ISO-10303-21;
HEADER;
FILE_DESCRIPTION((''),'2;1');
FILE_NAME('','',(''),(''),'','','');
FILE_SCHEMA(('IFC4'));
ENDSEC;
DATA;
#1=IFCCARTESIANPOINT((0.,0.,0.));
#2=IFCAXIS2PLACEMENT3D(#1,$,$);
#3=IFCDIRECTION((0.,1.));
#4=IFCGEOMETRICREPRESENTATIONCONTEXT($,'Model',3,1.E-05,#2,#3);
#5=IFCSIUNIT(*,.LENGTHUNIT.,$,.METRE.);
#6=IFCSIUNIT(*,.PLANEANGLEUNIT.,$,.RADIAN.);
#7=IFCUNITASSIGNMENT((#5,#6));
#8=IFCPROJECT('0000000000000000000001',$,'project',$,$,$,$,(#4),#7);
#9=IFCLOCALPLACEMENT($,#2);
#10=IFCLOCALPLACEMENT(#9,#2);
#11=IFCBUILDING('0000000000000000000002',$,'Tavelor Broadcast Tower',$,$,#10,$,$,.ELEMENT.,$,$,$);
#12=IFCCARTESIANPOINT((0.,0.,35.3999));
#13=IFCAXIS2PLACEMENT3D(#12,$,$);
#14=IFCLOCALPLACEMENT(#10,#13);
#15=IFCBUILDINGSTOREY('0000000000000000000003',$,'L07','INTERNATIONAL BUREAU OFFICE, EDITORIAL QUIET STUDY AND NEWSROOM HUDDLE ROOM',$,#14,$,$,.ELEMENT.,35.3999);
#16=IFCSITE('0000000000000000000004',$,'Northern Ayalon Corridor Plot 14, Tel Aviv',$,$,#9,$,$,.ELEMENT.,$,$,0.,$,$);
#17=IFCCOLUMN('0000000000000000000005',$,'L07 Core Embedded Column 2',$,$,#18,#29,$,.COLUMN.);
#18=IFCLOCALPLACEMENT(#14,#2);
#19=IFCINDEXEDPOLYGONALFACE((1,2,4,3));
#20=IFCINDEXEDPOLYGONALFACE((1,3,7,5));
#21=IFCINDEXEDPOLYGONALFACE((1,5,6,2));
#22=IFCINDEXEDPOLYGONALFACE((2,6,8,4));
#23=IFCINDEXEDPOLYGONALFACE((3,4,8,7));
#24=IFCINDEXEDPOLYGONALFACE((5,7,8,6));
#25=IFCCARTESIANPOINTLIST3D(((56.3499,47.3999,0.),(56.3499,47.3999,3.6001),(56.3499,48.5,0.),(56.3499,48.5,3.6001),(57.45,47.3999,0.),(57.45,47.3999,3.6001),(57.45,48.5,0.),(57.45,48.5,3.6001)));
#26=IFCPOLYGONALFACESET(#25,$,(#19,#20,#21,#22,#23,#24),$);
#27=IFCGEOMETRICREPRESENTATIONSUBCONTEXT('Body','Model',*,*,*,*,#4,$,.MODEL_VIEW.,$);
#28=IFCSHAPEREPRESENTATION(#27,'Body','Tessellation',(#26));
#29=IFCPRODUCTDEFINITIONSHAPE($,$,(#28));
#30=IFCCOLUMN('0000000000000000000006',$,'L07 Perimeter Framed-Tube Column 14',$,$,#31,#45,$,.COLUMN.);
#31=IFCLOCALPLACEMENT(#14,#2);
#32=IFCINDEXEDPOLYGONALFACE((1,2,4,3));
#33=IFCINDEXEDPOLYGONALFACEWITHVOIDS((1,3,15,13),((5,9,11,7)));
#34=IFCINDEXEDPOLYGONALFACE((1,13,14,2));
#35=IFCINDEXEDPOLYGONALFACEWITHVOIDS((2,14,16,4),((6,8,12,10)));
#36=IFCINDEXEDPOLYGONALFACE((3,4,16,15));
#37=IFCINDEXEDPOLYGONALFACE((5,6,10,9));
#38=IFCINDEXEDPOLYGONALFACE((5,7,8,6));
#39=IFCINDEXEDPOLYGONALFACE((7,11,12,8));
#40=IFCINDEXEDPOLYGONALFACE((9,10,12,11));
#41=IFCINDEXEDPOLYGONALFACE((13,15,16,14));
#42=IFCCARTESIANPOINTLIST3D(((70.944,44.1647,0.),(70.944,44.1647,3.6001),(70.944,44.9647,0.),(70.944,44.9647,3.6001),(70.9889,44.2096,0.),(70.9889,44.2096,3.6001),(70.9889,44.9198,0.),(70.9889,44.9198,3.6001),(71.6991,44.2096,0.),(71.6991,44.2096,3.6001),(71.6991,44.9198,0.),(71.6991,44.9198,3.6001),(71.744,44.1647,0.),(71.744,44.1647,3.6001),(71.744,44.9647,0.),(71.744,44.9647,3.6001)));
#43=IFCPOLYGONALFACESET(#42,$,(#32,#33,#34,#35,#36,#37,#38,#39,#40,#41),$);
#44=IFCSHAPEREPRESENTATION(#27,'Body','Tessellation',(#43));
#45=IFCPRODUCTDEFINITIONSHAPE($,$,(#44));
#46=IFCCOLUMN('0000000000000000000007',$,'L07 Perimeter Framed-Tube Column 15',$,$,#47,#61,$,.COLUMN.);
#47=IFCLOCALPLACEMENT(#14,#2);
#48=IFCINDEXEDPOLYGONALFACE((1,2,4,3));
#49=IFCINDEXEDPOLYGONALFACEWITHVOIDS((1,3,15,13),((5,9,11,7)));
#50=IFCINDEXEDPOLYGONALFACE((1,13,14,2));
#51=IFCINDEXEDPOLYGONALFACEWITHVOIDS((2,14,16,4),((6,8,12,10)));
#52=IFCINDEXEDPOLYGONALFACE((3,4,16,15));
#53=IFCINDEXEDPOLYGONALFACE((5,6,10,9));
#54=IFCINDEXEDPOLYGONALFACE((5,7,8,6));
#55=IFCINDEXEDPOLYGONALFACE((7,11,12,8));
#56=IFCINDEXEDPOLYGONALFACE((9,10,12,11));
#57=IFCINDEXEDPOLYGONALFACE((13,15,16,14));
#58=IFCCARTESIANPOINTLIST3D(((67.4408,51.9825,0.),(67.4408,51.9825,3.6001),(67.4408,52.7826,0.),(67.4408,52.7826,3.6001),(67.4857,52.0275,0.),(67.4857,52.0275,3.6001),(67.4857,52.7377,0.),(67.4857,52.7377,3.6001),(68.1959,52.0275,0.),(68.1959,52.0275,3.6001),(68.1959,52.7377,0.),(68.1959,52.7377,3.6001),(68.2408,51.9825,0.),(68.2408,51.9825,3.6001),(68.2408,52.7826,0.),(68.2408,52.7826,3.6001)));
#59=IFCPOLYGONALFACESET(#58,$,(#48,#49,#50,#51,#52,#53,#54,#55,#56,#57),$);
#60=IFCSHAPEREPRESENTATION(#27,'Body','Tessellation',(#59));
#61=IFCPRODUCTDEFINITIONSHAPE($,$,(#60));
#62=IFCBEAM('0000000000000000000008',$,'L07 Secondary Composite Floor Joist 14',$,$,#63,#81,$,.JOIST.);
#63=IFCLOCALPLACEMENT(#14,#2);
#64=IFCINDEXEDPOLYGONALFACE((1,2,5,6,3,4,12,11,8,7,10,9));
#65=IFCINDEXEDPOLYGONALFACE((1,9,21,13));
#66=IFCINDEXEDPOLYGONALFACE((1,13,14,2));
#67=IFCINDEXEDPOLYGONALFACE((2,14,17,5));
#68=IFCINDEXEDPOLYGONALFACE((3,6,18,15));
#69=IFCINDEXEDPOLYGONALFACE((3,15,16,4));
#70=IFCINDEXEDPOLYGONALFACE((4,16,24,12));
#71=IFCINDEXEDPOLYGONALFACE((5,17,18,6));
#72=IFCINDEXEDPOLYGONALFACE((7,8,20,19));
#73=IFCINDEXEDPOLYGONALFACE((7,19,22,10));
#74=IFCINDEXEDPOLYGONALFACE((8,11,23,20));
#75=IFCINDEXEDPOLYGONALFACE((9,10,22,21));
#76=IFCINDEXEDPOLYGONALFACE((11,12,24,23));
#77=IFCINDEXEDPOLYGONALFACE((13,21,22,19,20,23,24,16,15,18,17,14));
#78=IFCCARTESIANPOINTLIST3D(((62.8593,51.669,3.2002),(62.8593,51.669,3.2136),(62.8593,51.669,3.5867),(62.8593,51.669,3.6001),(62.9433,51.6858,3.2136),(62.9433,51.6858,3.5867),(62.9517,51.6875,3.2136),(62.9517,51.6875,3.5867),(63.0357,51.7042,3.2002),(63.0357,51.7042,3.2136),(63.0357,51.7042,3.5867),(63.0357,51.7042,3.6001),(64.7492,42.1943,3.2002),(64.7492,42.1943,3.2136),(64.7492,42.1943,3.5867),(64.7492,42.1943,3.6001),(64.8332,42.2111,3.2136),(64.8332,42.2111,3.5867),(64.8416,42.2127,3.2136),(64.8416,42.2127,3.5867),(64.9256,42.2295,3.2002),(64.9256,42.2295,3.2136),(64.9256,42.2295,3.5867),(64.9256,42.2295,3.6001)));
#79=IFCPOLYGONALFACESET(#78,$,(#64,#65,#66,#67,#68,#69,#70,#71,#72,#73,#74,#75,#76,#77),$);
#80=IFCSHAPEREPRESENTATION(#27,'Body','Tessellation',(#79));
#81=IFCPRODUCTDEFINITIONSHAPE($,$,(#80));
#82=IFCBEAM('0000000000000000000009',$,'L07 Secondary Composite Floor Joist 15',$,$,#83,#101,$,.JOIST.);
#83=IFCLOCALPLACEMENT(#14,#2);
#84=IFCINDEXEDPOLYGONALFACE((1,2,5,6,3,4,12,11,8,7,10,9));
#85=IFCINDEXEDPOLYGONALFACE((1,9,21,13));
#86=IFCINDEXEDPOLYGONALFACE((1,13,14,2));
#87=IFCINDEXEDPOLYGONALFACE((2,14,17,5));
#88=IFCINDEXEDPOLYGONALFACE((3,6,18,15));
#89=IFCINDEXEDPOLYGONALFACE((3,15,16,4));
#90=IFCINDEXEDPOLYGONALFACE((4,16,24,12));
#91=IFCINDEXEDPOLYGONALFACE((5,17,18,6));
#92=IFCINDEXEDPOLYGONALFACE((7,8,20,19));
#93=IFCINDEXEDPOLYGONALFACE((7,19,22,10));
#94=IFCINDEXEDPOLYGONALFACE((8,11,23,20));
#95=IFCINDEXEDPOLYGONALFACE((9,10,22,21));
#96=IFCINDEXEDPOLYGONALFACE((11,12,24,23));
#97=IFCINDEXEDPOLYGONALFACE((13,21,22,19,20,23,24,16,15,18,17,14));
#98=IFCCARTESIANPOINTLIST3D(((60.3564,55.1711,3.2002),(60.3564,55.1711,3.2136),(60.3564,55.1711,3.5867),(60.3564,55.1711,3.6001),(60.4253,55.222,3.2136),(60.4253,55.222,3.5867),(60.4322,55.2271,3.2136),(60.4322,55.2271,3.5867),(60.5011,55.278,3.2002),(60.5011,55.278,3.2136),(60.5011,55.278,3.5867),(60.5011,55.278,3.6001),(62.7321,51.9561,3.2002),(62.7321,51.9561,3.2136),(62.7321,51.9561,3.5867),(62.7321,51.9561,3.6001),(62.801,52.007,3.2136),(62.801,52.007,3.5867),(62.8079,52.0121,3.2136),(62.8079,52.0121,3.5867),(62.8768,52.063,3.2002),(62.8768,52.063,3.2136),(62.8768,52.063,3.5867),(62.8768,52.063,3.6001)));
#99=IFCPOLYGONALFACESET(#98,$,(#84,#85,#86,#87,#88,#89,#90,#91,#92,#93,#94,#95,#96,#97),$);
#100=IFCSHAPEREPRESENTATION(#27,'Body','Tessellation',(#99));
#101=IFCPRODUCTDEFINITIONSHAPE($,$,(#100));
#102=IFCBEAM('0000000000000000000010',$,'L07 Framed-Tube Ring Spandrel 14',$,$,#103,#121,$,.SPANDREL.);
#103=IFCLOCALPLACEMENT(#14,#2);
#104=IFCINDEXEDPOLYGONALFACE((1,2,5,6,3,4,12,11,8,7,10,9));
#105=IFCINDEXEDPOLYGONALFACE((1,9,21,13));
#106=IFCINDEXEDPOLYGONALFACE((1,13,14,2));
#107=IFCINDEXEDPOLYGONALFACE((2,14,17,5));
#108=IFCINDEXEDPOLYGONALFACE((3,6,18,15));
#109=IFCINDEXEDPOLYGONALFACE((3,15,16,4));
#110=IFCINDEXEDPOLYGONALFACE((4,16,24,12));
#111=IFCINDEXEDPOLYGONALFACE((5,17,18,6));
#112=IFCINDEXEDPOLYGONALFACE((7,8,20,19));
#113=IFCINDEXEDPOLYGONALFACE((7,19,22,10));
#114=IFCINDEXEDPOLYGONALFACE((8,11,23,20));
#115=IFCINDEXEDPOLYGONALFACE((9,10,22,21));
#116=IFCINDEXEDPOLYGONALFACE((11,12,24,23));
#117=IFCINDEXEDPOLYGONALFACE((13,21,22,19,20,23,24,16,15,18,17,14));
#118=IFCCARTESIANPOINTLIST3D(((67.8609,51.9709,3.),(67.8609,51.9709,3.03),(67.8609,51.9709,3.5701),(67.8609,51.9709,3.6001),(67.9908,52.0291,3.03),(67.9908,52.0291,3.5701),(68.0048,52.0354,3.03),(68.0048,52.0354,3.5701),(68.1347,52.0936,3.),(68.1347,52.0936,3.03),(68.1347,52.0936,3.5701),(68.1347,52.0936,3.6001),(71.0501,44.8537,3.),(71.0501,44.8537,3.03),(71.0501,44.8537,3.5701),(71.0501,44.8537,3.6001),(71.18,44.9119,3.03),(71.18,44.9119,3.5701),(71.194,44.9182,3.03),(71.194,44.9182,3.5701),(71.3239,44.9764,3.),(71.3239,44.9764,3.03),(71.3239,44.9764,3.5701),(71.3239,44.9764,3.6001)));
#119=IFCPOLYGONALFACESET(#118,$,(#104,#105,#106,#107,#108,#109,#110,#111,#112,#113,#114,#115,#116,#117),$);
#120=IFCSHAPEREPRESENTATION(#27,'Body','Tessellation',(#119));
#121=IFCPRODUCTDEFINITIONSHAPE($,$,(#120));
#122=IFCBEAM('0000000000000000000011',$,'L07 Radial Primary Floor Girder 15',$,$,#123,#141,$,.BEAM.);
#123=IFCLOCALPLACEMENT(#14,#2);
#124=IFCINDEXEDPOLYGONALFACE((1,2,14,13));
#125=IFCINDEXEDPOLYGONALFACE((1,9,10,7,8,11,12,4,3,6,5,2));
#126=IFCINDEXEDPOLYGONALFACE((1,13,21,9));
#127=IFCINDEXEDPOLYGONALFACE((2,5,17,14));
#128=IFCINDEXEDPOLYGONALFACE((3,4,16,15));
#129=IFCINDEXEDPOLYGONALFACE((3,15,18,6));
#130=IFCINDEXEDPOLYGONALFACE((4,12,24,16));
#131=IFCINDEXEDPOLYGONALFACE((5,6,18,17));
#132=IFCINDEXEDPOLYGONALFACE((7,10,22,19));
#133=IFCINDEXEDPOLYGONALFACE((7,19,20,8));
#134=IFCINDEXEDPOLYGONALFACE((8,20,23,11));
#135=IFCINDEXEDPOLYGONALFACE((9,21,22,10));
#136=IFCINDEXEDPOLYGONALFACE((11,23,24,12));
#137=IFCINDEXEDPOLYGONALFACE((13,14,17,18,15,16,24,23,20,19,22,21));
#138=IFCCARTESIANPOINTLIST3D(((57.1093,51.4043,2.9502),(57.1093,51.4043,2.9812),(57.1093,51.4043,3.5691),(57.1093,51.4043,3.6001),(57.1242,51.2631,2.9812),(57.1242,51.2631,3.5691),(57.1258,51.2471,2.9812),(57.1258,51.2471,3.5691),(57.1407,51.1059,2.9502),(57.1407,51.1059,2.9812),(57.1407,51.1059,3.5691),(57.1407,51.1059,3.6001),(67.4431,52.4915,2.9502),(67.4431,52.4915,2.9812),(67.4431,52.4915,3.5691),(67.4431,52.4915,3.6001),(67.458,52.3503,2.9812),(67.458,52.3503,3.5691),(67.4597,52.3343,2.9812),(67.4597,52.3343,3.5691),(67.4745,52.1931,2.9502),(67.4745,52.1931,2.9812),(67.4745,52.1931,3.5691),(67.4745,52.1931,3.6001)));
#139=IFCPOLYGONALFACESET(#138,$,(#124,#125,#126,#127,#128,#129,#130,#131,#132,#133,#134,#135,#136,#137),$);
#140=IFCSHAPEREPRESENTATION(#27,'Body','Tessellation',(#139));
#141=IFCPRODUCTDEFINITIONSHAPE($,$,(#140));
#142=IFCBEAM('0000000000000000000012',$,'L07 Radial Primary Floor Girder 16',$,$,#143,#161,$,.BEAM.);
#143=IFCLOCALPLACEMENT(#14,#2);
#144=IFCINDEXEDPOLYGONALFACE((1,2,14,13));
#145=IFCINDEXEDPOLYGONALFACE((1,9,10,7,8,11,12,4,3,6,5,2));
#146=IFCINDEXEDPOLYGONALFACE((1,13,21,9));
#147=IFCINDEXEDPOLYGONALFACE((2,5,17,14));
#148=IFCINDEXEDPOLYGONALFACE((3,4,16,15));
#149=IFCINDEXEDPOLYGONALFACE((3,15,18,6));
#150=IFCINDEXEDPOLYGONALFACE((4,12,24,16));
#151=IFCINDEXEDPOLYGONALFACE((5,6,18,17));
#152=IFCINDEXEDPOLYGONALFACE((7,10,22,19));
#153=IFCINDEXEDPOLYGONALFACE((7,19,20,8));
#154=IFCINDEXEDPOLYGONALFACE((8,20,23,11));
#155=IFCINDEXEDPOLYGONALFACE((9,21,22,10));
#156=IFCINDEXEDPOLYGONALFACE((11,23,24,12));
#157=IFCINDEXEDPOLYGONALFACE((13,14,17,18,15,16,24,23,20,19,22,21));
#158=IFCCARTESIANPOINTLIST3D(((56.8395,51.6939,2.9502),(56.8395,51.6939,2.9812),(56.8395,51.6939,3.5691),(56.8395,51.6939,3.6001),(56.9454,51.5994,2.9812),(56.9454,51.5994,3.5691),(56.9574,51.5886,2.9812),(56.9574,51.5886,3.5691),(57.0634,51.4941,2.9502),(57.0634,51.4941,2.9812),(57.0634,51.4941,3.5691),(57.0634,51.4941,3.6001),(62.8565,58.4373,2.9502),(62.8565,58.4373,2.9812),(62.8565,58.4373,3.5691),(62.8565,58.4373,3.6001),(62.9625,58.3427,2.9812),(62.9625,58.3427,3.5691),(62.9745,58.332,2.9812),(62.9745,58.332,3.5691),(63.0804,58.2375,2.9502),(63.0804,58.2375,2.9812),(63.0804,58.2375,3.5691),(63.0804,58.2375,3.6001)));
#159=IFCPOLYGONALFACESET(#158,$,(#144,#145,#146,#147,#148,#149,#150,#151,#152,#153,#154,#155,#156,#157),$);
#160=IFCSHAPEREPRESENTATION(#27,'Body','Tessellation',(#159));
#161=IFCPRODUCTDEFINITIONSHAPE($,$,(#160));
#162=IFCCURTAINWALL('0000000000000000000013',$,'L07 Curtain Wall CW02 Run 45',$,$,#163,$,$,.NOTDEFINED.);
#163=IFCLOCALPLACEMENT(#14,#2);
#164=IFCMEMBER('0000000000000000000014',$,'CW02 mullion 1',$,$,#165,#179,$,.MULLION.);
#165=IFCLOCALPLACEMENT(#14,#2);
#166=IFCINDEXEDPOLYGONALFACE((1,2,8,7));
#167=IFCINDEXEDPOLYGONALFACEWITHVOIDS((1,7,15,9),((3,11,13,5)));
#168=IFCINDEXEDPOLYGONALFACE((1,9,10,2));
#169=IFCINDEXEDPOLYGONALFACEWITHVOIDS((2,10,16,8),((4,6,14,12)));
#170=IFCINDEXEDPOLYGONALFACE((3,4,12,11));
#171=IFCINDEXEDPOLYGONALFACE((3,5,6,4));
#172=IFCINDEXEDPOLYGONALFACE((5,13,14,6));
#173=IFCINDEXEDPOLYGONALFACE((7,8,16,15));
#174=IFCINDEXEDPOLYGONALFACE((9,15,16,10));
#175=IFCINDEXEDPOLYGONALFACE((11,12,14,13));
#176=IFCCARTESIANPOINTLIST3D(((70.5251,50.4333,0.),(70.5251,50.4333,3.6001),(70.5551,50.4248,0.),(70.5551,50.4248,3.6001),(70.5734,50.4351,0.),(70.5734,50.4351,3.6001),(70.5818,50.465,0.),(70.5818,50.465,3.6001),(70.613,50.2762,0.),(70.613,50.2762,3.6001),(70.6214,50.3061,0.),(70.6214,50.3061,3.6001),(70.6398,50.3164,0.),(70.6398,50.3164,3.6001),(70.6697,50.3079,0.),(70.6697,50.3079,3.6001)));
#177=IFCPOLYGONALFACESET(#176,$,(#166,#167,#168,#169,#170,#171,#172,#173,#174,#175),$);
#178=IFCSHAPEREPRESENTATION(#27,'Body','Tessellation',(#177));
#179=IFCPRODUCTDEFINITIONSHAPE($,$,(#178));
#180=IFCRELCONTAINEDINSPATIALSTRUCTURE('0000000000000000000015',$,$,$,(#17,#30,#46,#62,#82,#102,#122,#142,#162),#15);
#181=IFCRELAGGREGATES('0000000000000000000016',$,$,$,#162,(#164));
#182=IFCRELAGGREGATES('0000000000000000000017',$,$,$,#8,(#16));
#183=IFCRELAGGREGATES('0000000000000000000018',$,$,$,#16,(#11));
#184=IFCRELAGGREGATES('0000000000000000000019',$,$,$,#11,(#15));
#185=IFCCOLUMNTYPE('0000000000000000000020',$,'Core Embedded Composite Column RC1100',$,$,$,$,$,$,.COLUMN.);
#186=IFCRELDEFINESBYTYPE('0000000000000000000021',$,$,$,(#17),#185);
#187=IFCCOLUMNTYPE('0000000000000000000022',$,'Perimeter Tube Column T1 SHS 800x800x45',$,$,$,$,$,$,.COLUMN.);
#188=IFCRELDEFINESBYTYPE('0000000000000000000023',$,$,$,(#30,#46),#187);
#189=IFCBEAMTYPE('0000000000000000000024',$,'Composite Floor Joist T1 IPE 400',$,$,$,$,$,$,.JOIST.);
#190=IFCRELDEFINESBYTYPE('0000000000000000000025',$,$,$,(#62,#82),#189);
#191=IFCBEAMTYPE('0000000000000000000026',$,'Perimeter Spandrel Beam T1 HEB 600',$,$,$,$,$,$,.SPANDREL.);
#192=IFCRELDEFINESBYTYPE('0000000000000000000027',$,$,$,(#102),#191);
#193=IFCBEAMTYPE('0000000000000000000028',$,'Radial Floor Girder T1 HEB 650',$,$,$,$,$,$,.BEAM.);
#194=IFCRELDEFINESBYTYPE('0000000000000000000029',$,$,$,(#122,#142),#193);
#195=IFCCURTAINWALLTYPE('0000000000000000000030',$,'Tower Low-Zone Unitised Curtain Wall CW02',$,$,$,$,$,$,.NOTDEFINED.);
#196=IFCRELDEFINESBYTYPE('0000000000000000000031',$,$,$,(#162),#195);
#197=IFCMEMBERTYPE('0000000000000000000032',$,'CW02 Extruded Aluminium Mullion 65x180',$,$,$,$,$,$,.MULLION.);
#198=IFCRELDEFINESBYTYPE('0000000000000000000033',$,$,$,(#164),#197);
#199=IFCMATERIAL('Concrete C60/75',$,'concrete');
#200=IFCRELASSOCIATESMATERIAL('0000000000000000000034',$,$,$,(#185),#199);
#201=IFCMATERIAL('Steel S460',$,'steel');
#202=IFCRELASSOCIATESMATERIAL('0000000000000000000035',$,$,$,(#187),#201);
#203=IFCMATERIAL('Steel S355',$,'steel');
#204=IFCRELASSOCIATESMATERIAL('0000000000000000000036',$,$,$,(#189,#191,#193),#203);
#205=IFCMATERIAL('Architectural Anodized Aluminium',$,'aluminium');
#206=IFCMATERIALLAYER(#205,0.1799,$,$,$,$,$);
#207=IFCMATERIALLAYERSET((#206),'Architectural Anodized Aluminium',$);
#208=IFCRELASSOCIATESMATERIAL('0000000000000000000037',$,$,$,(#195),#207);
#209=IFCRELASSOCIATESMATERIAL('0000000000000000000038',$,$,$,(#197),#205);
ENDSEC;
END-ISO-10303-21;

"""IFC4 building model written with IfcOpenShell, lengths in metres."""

from ifc_helpers import new_model, si_unit, direction, frame, origin, origin_2d, place, context, subcontext, project, spatial, rectangle, hollow_rectangle, i_section, extrude, source, transform, mapped, material, layer, layer_set, material_profile, profile_set, type_object, type_shapes, element, aggregate, save


model = new_model("IFC4")

# Units and contexts
model_context = context("Model", 3, precision=1e-05, world=origin(), true_north=direction((0.0, 1.0)))
body_context = subcontext(model_context, "Body", "Model", "MODEL_VIEW")
ifc_project = project(units=[si_unit("LENGTHUNIT", "METRE"), si_unit("PLANEANGLEUNIT", "RADIAN")], contexts=[model_context])

# Site, building, storey
site_placement = place(None, origin())
site = spatial("IfcSite", under=ifc_project, at=site_placement, Name="Northern Ayalon Corridor Plot 14, Tel Aviv", CompositionType="ELEMENT", RefElevation=0.0)
building_placement = place(site_placement, origin())
building = spatial("IfcBuilding", under=site, at=building_placement, Name="Tavelor Broadcast Tower", CompositionType="ELEMENT")
storey_placement = place(building_placement, frame((0.0, 0.0, 35.3999)))
storey = spatial("IfcBuildingStorey", under=building, at=storey_placement, Name="L07", Description="INTERNATIONAL BUREAU OFFICE, EDITORIAL QUIET STUDY AND NEWSROOM HUDDLE ROOM", CompositionType="ELEMENT", Elevation=35.3999)

# Columns
ifc_material_1 = material(Name="Concrete C60/75", Category="concrete")
ifc_material_profile_1 = material_profile(ifc_material_1, rectangle(XDim=1.1001, YDim=1.1001, at=origin_2d()), Name="RC 1100x1100")
ifc_profile_set_1 = profile_set([ifc_material_profile_1], Name="Concrete C60/75")
column_type_1 = type_object("IfcColumnType", Name="Core Embedded Composite Column RC1100", PredefinedType="COLUMN", material=ifc_profile_set_1)
column_placement = place(storey_placement, frame((56.8999, 47.95, 0.0), z_axis=(0.0, 0.0, 1.0), x_axis=(1.0, 0.0, 0.0)))
element("IfcColumn", 1, at=column_placement, inside=storey, type_object=column_type_1, Name="L07 Core Embedded Column 2", PredefinedType="COLUMN", context=body_context, shape_type="SweptSolid", body=[
    extrude(rectangle(XDim=1.1001, YDim=1.1001, at=origin_2d()), origin(), (0.0, 0.0, 1.0), 3.6001),
])
ifc_material_2 = material(Name="Steel S460", Category="steel")
ifc_material_profile_2 = material_profile(ifc_material_2, hollow_rectangle(XDim=0.8, YDim=0.8, WallThickness=0.0449, at=origin_2d()), Name="SHS 800x800x45")
ifc_profile_set_2 = profile_set([ifc_material_profile_2], Name="Steel S460")
column_type_2 = type_object("IfcColumnType", Name="Perimeter Tube Column T1 SHS 800x800x45", PredefinedType="COLUMN", material=ifc_profile_set_2)
for number, where, z_axis, x_axis, name in (
    (2, (71.344, 44.5647, 0.0), (0.0, 0.0, 1.0), (1.0, 0.0, 0.0), "L07 Perimeter Framed-Tube Column 14"),
    (3, (67.8408, 52.3826, 0.0), (0.0, 0.0, 1.0), (1.0, 0.0, 0.0), "L07 Perimeter Framed-Tube Column 15"),
):
    element("IfcColumn", number, at=place(storey_placement, frame(where, z_axis=z_axis, x_axis=x_axis)), inside=storey, type_object=column_type_2, Name=name, PredefinedType="COLUMN", context=body_context, shape_type="SweptSolid", body=[
        extrude(hollow_rectangle(XDim=0.8, YDim=0.8, WallThickness=0.0449, at=origin_2d()), origin(), (0.0, 0.0, 1.0), 3.6001),
    ])

# Beams
ifc_material_3 = material(Name="Steel S355", Category="steel")
ifc_material_profile_3 = material_profile(ifc_material_3, i_section(OverallWidth=0.1799, OverallDepth=0.3999, WebThickness=0.0085, FlangeThickness=0.0134, at=origin_2d()), Name="IPE 400")
ifc_profile_set_3 = profile_set([ifc_material_profile_3], Name="Steel S355")
beam_type_1 = type_object("IfcBeamType", Name="Composite Floor Joist T1 IPE 400", PredefinedType="JOIST", material=ifc_profile_set_3)
beam_1_placement = place(storey_placement, frame((64.8374, 42.2119, 3.4001), z_axis=(-0.195616, 0.980681, 0.0), x_axis=(-0.980681, -0.195616, 0.0)))
element("IfcBeam", 4, at=beam_1_placement, inside=storey, type_object=beam_type_1, Name="L07 Secondary Composite Floor Joist 14", PredefinedType="JOIST", context=body_context, shape_type="SweptSolid", body=[
    extrude(i_section(OverallWidth=0.1799, OverallDepth=0.3999, WebThickness=0.0085, FlangeThickness=0.0134, at=origin_2d()), origin(), (0.0, 0.0, 1.0), 9.6614),
])
beam_2_placement = place(storey_placement, frame((62.8044, 52.0095, 3.4001), z_axis=(-0.594288, 0.804252, 0.0), x_axis=(-0.804252, -0.594288, 0.0)))
element("IfcBeam", 5, at=beam_2_placement, inside=storey, type_object=beam_type_1, Name="L07 Secondary Composite Floor Joist 15", PredefinedType="JOIST", context=body_context, shape_type="SweptSolid", body=[
    extrude(i_section(OverallWidth=0.1799, OverallDepth=0.3999, WebThickness=0.0085, FlangeThickness=0.0134, at=origin_2d()), origin(), (0.0, 0.0, 1.0), 3.9976),
])
ifc_material_profile_4 = material_profile(ifc_material_3, i_section(OverallWidth=0.3, OverallDepth=0.6001, WebThickness=0.0154, FlangeThickness=0.03, at=origin_2d()), Name="HEB 600")
ifc_profile_set_4 = profile_set([ifc_material_profile_4], Name="Steel S355")
beam_type_2 = type_object("IfcBeamType", Name="Perimeter Spandrel Beam T1 HEB 600", PredefinedType="SPANDREL", material=ifc_profile_set_4)
beam_3_placement = place(storey_placement, frame((71.187, 44.915, 3.3), z_axis=(-0.408922, 0.912569, 0.0), x_axis=(-0.912569, -0.408922, 0.0)))
element("IfcBeam", 6, at=beam_3_placement, inside=storey, type_object=beam_type_2, Name="L07 Framed-Tube Ring Spandrel 14", PredefinedType="SPANDREL", context=body_context, shape_type="SweptSolid", body=[
    extrude(i_section(OverallWidth=0.3, OverallDepth=0.6001, WebThickness=0.0154, FlangeThickness=0.03, at=origin_2d()), origin(), (0.0, 0.0, 1.0), 7.7991),
])
ifc_material_profile_5 = material_profile(ifc_material_3, i_section(OverallWidth=0.3, OverallDepth=0.6499, WebThickness=0.0161, FlangeThickness=0.031, at=origin_2d()), Name="HEB 650")
ifc_profile_set_5 = profile_set([ifc_material_profile_5], Name="Steel S355")
beam_type_3 = type_object("IfcBeamType", Name="Radial Floor Girder T1 HEB 650", PredefinedType="BEAM", material=ifc_profile_set_5)
beam_4_placement = place(storey_placement, frame((57.125, 51.2551, 3.2751), z_axis=(0.994512, 0.104627, 0.0), x_axis=(-0.104627, 0.994512, 0.0)))
element("IfcBeam", 7, at=beam_4_placement, inside=storey, type_object=beam_type_3, Name="L07 Radial Primary Floor Girder 15", PredefinedType="BEAM", context=body_context, shape_type="SweptSolid", body=[
    extrude(i_section(OverallWidth=0.3, OverallDepth=0.6499, WebThickness=0.0161, FlangeThickness=0.031, at=origin_2d()), origin(), (0.0, 0.0, 1.0), 10.3909),
])
beam_5_placement = place(storey_placement, frame((56.9514, 51.594, 3.2751), z_axis=(0.665781, 0.746147, 0.0), x_axis=(-0.746147, 0.665781, 0.0)))
element("IfcBeam", 8, at=beam_5_placement, inside=storey, type_object=beam_type_3, Name="L07 Radial Primary Floor Girder 16", PredefinedType="BEAM", context=body_context, shape_type="SweptSolid", body=[
    extrude(i_section(OverallWidth=0.3, OverallDepth=0.6499, WebThickness=0.0161, FlangeThickness=0.031, at=origin_2d()), origin(), (0.0, 0.0, 1.0), 9.0376),
])

# Curtain wall, member
ifc_material_4 = material(Name="Architectural Anodized Aluminium", Category="aluminium")
ifc_layer_1 = layer(ifc_material_4, 0.1799)
ifc_layer_set_1 = layer_set([ifc_layer_1], Name="Architectural Anodized Aluminium")
curtain_wall_type = type_object("IfcCurtainWallType", Name="Tower Low-Zone Unitised Curtain Wall CW02", PredefinedType="NOTDEFINED", material=ifc_layer_set_1)
curtain_wall_placement = place(storey_placement, origin())
curtain_wall = element("IfcCurtainWall", 9, at=curtain_wall_placement, inside=storey, type_object=curtain_wall_type, Name="L07 Curtain Wall CW02 Run 45", PredefinedType="NOTDEFINED")
ifc_material_profile_6 = material_profile(ifc_material_4, hollow_rectangle(XDim=0.0649, YDim=0.1799, WallThickness=0.022, at=origin_2d()), Name="RHS 65x180x22")
ifc_profile_set_6 = profile_set([ifc_material_profile_6], Name="Architectural Anodized Aluminium")
member_type_1 = type_object("IfcMemberType", Name="CW02 Extruded Aluminium Mullion 65x180", PredefinedType="MULLION", material=ifc_profile_set_6)
shared_shape_1 = source(origin(), body_context, "Body", "SweptSolid", [
    extrude(hollow_rectangle(XDim=0.0649, YDim=0.1799, WallThickness=0.022, at=origin_2d()), origin(), (0.0, 0.0, 1.0), 3.6001),
])
type_shapes(member_type_1, [shared_shape_1])
member_1_placement = place(storey_placement, frame((70.5974, 50.3706, 0.0), z_axis=(0.0, 0.0, 1.0), x_axis=(-0.872709, -0.488241, 0.0)))
member_1 = element("IfcMember", 10, at=member_1_placement, type_object=member_type_1, Name="CW02 mullion 1", PredefinedType="MULLION", context=body_context, shape_type="MappedRepresentation", body=[
    mapped(shared_shape_1, transform((0.0, 0.0, 0.0), scale=1.0)),
])
aggregate(curtain_wall, [member_1])

save(model, "model.ifc")
